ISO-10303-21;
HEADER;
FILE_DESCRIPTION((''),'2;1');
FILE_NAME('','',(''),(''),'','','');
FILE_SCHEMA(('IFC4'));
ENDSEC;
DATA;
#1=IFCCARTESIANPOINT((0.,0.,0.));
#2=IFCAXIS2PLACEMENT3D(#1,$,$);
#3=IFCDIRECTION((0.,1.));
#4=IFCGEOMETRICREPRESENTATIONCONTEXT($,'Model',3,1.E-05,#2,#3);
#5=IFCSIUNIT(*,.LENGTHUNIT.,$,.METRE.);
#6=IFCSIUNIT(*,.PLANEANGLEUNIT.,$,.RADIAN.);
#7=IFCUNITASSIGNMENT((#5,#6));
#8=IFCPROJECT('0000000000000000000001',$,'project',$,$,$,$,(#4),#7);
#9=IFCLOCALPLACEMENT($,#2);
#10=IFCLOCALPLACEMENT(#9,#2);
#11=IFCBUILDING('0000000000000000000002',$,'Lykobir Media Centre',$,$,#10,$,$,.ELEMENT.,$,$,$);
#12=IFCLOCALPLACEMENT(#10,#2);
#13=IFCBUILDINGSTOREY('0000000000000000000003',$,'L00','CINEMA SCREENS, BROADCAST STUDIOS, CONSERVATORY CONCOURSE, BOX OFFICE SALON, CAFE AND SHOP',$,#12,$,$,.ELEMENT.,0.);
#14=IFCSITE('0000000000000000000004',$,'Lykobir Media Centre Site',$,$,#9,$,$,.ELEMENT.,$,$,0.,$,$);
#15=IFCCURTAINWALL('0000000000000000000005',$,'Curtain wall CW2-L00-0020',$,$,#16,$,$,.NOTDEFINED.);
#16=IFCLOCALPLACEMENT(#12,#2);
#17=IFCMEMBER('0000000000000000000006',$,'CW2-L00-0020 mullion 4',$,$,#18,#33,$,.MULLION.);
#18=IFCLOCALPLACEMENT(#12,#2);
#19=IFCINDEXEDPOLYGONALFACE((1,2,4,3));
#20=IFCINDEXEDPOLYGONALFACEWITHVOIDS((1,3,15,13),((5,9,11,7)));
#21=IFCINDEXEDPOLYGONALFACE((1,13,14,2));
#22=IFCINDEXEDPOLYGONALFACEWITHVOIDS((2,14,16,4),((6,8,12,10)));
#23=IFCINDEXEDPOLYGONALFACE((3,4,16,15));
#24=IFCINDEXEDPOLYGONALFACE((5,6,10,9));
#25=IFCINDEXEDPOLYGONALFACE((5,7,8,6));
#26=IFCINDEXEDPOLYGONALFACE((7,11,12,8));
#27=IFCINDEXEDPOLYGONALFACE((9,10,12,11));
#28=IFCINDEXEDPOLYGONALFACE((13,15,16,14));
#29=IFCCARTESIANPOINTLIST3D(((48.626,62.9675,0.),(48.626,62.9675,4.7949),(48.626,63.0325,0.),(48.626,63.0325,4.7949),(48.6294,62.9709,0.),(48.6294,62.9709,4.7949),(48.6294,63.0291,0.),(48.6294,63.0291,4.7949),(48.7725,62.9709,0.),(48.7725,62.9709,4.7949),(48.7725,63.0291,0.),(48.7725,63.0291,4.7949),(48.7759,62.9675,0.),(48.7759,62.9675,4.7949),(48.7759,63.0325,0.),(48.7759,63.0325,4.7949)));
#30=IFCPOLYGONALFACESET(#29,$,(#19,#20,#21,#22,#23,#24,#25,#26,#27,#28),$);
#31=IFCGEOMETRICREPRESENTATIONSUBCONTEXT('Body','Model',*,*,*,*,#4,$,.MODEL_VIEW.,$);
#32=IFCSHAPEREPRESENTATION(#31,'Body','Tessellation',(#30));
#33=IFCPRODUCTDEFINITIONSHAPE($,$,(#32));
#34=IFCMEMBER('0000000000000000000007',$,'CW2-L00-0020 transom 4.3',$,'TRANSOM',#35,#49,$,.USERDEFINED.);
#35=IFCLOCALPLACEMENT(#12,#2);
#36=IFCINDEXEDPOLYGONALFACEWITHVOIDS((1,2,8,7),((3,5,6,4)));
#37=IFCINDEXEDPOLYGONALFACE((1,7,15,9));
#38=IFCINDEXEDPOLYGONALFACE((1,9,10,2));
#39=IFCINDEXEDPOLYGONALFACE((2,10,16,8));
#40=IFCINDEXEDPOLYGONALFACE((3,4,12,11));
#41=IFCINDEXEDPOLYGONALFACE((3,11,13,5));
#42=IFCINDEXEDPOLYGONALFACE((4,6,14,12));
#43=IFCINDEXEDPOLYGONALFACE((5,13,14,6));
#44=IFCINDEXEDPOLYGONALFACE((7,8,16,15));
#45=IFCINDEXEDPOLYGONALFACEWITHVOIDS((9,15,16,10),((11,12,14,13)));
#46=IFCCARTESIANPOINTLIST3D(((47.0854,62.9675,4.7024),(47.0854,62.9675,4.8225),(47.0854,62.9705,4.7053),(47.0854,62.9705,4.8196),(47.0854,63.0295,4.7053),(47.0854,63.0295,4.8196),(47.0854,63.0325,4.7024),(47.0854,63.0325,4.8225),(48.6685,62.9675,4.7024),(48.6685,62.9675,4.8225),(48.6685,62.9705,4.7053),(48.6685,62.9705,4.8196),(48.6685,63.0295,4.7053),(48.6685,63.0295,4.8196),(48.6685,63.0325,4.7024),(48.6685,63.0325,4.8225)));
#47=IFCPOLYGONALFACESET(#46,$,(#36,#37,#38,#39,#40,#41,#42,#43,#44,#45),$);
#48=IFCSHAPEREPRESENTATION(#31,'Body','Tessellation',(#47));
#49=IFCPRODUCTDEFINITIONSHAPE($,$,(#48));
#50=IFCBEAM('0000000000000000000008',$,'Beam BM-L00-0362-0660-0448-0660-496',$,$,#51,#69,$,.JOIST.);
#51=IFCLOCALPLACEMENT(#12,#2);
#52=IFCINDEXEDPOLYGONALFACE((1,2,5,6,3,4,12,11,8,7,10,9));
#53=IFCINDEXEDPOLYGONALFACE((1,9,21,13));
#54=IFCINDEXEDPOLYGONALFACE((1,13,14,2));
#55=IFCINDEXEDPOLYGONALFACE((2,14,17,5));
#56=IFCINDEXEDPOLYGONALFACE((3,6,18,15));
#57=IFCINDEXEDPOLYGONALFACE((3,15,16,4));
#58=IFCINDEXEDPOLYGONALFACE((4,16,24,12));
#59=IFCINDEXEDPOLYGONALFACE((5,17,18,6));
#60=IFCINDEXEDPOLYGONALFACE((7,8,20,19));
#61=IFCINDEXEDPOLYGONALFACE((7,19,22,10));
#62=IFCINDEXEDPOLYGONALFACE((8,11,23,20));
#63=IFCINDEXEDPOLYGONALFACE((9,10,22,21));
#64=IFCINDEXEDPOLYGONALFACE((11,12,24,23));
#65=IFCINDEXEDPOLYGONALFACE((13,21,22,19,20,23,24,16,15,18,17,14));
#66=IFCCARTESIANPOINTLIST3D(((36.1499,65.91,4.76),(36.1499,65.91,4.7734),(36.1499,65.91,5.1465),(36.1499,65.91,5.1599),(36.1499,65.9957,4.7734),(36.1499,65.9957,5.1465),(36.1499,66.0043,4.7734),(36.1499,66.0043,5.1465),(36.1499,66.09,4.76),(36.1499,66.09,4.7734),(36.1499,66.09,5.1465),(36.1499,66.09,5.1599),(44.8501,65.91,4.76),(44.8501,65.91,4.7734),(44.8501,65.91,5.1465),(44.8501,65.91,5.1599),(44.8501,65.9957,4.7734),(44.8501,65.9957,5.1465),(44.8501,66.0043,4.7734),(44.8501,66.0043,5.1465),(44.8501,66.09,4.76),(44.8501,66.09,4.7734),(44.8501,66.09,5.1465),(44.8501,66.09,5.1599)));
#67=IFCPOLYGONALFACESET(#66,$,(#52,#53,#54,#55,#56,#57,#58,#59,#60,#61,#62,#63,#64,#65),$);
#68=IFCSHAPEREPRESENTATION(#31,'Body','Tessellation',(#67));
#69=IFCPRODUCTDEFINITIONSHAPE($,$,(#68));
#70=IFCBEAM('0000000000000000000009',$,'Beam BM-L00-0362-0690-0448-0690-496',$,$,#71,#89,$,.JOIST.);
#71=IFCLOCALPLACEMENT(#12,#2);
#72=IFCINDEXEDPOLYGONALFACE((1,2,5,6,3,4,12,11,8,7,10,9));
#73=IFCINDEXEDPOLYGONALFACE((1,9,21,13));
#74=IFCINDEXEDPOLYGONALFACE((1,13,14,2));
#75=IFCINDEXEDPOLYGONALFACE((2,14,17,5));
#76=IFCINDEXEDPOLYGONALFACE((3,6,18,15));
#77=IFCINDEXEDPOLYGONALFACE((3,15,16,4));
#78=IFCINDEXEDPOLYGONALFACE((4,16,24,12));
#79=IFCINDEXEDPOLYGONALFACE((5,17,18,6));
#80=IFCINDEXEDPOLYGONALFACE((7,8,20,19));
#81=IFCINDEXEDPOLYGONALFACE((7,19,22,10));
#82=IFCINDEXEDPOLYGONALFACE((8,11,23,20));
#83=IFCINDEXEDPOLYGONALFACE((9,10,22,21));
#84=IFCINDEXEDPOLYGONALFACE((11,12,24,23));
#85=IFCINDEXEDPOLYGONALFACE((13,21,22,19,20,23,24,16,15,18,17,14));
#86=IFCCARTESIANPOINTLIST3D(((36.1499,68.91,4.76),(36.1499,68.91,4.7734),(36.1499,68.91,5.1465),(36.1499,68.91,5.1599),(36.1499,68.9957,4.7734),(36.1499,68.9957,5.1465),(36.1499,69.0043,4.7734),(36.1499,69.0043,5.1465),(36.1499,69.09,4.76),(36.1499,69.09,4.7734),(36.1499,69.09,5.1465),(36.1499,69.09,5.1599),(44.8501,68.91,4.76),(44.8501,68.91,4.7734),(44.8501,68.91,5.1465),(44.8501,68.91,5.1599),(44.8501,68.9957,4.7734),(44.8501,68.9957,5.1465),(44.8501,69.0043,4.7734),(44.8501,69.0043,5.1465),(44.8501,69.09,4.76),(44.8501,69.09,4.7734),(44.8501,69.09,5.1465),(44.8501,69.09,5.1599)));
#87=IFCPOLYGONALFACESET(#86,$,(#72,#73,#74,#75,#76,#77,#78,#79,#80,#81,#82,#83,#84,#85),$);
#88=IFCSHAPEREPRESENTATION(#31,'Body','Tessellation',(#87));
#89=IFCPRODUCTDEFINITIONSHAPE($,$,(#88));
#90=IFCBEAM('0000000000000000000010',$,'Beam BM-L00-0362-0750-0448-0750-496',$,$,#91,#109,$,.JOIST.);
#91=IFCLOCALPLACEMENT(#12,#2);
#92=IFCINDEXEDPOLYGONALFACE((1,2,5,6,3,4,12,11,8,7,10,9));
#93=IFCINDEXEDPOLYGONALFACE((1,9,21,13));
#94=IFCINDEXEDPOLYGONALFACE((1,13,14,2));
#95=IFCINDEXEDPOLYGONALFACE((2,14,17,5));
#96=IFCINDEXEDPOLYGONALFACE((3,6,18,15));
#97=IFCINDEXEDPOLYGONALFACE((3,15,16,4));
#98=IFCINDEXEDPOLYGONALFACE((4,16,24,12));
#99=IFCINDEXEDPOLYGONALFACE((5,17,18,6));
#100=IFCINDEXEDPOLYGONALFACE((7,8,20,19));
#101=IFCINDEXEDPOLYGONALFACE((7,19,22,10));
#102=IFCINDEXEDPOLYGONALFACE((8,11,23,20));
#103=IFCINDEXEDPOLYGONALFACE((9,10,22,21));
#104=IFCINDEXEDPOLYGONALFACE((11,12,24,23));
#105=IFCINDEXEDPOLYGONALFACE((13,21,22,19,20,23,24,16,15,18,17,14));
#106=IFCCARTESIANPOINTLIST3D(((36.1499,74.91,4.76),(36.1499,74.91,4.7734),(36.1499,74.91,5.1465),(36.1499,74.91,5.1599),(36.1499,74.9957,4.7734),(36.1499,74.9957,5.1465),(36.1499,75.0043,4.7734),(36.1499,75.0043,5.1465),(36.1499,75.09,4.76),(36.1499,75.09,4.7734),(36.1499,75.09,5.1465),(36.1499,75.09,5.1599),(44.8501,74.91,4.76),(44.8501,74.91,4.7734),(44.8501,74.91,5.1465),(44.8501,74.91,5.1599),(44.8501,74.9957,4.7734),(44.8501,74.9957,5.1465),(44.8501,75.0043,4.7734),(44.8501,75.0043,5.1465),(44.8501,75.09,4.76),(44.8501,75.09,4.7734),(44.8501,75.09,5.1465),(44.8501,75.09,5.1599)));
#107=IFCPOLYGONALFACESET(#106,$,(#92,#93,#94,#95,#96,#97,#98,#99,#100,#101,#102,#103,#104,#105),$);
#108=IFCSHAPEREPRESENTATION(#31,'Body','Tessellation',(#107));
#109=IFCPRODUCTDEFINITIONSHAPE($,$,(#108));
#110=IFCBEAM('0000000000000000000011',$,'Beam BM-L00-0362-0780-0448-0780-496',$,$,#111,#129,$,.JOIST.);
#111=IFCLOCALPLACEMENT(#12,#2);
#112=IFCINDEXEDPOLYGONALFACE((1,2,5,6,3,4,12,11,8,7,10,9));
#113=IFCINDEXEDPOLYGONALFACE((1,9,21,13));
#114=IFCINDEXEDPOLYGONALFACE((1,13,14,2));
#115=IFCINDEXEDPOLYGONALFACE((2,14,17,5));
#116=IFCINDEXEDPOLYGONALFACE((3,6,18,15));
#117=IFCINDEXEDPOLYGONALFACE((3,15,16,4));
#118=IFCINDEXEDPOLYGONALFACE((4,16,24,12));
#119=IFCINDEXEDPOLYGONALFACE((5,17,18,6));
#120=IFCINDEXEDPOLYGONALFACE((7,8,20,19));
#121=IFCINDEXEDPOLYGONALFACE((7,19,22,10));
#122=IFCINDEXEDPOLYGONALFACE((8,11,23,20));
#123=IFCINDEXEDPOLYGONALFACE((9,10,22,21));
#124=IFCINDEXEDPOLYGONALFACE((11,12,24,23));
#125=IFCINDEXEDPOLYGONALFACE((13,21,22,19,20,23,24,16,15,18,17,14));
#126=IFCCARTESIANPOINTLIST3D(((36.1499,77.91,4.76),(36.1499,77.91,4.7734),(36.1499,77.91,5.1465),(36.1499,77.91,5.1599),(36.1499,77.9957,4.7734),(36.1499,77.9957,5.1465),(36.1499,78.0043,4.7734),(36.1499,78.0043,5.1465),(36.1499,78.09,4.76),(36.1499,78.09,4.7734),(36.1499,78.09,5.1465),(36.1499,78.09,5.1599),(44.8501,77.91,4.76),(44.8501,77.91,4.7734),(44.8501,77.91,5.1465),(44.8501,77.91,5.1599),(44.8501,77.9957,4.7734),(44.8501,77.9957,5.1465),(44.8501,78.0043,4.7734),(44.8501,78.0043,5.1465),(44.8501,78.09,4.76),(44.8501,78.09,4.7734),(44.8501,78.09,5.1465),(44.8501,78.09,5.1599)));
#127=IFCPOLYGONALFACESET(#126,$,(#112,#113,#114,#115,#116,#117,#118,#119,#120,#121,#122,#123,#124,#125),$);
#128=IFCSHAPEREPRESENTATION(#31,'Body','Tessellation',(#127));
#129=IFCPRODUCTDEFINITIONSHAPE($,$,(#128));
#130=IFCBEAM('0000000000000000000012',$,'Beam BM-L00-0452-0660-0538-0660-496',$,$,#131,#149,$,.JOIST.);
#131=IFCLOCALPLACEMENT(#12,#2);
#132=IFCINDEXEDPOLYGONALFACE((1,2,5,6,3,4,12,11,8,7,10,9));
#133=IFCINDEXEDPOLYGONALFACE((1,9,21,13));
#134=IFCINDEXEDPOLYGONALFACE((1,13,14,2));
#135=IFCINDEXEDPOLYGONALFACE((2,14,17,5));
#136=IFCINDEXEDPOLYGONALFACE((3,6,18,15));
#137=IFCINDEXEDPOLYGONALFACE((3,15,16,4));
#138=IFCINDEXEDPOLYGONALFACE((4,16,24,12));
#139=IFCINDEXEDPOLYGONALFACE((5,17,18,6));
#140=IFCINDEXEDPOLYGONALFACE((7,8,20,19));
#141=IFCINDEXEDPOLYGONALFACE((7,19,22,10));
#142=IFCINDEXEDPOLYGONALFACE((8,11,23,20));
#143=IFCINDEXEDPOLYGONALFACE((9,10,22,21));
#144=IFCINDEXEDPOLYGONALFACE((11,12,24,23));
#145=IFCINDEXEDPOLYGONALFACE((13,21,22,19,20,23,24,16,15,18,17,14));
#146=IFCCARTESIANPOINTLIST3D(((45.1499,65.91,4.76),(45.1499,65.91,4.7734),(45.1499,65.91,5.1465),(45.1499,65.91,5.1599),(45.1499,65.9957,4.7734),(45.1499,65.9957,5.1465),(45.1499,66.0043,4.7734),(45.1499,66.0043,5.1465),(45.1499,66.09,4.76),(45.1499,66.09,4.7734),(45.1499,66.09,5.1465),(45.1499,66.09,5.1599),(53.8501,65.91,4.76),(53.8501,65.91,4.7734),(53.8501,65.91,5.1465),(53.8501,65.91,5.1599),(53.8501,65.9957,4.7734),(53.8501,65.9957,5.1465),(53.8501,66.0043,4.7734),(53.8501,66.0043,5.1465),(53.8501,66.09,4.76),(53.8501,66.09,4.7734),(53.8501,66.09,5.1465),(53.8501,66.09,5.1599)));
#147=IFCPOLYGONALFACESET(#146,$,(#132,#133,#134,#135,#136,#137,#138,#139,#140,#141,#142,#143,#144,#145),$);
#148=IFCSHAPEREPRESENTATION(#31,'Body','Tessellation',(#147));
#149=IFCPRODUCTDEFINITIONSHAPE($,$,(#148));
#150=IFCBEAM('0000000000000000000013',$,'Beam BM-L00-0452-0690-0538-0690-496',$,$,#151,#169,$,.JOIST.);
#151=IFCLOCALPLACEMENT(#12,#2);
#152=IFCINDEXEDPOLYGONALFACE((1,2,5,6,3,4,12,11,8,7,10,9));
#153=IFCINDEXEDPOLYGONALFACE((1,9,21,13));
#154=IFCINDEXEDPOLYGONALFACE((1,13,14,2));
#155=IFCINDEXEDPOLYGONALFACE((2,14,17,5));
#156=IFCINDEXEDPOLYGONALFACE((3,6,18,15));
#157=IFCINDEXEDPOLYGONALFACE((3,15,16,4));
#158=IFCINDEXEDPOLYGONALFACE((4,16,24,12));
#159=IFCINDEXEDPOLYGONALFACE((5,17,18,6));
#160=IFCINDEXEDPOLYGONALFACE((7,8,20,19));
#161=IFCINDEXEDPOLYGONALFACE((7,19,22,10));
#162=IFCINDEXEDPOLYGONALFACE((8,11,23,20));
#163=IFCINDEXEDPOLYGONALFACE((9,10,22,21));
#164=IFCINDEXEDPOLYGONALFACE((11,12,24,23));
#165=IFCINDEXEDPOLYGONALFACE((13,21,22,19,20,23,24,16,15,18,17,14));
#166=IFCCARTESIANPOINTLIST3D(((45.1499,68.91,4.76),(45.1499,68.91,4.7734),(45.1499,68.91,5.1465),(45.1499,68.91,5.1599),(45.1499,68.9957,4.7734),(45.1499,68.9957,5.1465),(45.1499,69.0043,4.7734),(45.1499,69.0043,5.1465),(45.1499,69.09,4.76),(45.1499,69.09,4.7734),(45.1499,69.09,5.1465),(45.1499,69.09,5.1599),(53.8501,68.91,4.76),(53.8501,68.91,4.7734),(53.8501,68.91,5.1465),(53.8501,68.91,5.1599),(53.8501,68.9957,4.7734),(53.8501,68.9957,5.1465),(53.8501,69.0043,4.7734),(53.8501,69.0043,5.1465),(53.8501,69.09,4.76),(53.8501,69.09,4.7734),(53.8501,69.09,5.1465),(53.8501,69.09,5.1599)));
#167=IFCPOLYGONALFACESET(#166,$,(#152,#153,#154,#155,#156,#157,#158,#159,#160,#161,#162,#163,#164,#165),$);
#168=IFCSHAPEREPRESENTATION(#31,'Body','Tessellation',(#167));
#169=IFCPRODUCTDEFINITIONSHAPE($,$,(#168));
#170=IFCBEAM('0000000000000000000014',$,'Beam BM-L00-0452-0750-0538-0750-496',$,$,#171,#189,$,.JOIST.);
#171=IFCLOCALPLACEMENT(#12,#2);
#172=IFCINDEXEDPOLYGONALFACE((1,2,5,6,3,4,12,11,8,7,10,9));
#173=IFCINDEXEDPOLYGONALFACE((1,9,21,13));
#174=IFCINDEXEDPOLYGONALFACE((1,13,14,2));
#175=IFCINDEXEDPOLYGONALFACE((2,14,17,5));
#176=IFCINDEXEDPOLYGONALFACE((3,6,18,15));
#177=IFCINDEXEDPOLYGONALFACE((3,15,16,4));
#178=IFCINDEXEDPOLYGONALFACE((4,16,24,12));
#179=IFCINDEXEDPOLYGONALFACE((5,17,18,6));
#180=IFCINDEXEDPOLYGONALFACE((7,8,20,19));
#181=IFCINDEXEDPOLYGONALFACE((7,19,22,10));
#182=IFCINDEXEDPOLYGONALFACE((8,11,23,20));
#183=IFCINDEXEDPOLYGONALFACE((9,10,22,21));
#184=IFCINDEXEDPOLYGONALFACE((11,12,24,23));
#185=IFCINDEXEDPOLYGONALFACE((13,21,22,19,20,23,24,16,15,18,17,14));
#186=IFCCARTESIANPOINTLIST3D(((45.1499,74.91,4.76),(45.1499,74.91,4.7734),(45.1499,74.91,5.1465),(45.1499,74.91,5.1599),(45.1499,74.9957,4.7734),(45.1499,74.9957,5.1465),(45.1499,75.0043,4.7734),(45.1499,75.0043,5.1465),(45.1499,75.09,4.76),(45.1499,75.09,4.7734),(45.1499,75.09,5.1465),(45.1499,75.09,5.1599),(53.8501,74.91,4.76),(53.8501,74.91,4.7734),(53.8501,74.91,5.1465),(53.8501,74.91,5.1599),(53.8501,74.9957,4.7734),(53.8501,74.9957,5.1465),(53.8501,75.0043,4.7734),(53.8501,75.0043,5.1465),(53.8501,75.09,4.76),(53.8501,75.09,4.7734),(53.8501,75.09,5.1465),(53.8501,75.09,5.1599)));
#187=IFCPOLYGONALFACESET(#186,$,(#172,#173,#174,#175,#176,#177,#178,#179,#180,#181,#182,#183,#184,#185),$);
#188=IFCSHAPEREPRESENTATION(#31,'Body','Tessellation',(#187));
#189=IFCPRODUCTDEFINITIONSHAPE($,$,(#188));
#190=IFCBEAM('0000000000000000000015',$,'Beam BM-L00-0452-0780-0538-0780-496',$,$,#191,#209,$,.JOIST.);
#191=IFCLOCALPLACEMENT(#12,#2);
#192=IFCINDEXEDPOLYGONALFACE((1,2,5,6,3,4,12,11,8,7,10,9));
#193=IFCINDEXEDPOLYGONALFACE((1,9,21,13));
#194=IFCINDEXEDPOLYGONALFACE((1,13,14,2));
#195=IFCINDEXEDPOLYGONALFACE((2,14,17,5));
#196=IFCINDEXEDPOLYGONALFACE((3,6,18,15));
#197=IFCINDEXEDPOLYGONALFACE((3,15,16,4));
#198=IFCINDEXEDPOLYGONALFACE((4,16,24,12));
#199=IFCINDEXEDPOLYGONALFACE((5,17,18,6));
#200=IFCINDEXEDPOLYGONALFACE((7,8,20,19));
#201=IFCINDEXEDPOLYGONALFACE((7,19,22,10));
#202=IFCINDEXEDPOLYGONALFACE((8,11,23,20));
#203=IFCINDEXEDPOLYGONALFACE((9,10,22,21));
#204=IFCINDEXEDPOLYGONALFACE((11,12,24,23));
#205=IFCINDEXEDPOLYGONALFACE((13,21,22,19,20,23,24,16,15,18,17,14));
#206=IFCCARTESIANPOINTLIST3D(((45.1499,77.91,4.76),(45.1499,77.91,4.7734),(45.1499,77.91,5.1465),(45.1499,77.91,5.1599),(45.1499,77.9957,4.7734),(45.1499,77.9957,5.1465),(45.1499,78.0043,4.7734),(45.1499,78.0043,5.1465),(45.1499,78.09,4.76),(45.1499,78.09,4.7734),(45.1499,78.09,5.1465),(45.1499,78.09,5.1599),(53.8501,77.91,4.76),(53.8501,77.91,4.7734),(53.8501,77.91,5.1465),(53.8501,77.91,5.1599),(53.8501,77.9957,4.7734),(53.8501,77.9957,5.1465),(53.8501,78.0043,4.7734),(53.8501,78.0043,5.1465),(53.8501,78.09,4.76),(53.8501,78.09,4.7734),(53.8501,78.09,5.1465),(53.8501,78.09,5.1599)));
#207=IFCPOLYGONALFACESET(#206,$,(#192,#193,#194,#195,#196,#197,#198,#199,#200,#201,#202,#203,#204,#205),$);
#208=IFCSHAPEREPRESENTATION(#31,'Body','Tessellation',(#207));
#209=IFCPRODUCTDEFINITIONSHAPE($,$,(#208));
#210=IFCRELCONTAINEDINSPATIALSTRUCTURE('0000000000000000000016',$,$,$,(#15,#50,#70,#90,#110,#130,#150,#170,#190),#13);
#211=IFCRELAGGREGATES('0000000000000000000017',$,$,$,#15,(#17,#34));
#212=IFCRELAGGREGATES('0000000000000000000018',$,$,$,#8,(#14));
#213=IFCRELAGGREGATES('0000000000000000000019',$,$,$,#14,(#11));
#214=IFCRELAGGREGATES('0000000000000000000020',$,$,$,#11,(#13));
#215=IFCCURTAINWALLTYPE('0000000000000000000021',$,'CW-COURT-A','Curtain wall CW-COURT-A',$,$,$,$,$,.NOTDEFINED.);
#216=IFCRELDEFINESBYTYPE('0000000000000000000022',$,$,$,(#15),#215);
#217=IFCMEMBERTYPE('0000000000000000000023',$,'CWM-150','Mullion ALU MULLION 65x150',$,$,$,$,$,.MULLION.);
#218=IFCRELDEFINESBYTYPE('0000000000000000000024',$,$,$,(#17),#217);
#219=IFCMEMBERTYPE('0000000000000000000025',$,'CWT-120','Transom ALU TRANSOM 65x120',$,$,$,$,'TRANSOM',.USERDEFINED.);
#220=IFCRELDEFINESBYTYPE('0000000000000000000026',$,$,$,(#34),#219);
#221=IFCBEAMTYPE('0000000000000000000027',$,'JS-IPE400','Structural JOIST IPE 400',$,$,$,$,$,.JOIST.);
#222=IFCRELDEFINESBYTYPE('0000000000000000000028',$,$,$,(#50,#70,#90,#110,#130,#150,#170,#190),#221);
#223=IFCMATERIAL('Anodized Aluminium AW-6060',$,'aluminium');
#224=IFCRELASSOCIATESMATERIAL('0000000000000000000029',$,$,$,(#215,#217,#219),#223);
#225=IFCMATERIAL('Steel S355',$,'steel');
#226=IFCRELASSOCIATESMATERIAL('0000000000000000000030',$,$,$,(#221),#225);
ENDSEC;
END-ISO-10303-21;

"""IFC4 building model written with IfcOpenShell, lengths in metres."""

from ifc_helpers import new_model, si_unit, direction, frame, origin, origin_2d, place, context, subcontext, project, spatial, hollow_rectangle, i_section, extrude, material, material_profile, profile_set, type_object, element, aggregate, save


model = new_model("IFC4")

# Units and contexts
model_context = context("Model", 3, precision=1e-05, world=origin(), true_north=direction((0.0, 1.0)))
body_context = subcontext(model_context, "Body", "Model", "MODEL_VIEW")
ifc_project = project(units=[si_unit("LENGTHUNIT", "METRE"), si_unit("PLANEANGLEUNIT", "RADIAN")], contexts=[model_context])

# Site, building, storey
site_placement = place(None, origin())
site = spatial("IfcSite", under=ifc_project, at=site_placement, Name="Lykobir Media Centre Site", CompositionType="ELEMENT", RefElevation=0.0)
building_placement = place(site_placement, origin())
building = spatial("IfcBuilding", under=site, at=building_placement, Name="Lykobir Media Centre", CompositionType="ELEMENT")
storey_placement = place(building_placement, origin())
storey = spatial("IfcBuildingStorey", under=building, at=storey_placement, Name="L00", Description="CINEMA SCREENS, BROADCAST STUDIOS, CONSERVATORY CONCOURSE, BOX OFFICE SALON, CAFE AND SHOP", CompositionType="ELEMENT", Elevation=0.0)

# Shared definitions
ifc_material_1 = material(Name="Steel S355", Category="steel")

# Curtain wall, members
ifc_material_2 = material(Name="Anodized Aluminium AW-6060", Category="aluminium")
curtain_wall_type = type_object("IfcCurtainWallType", Name="CW-COURT-A", Description="Curtain wall CW-COURT-A", PredefinedType="NOTDEFINED", material=ifc_material_2)
curtain_wall_placement = place(storey_placement, origin())
curtain_wall = element("IfcCurtainWall", 1, at=curtain_wall_placement, inside=storey, type_object=curtain_wall_type, Name="Curtain wall CW2-L00-0020", PredefinedType="NOTDEFINED")
ifc_material_profile_1 = material_profile(ifc_material_2, hollow_rectangle(XDim=0.0649, YDim=0.1499, WallThickness=0.0034, at=origin_2d()), Name="ALU MULLION 65x150")
ifc_profile_set_1 = profile_set([ifc_material_profile_1], Name="Anodized Aluminium AW-6060")
member_type_1 = type_object("IfcMemberType", Name="CWM-150", Description="Mullion ALU MULLION 65x150", PredefinedType="MULLION", material=ifc_profile_set_1)
member_1_placement = place(storey_placement, frame((48.7009, 63.0, 0.0), z_axis=(0.0, 0.0, 1.0), x_axis=(0.0, -1.0, 0.0)))
member_1 = element("IfcMember", 2, at=member_1_placement, type_object=member_type_1, Name="CW2-L00-0020 mullion 4", PredefinedType="MULLION", context=body_context, shape_type="SweptSolid", body=[
    extrude(hollow_rectangle(XDim=0.0649, YDim=0.1499, WallThickness=0.0034, at=origin_2d()), origin(), (0.0, 0.0, 1.0), 4.7949),
])
ifc_material_profile_2 = material_profile(ifc_material_2, hollow_rectangle(XDim=0.0649, YDim=0.1201, WallThickness=0.0029, at=origin_2d()), Name="ALU TRANSOM 65x120")
ifc_profile_set_2 = profile_set([ifc_material_profile_2], Name="Anodized Aluminium AW-6060")
member_type_2 = type_object("IfcMemberType", Name="CWT-120", Description="Transom ALU TRANSOM 65x120", ElementType="TRANSOM", PredefinedType="USERDEFINED", material=ifc_profile_set_2)
member_2_placement = place(storey_placement, frame((48.6685, 63.0, 4.7625), z_axis=(-1.0, 0.0, 0.0), x_axis=(0.0, -1.0, 0.0)))
member_2 = element("IfcMember", 3, at=member_2_placement, type_object=member_type_2, Name="CW2-L00-0020 transom 4.3", ObjectType="TRANSOM", PredefinedType="USERDEFINED", context=body_context, shape_type="SweptSolid", body=[
    extrude(hollow_rectangle(XDim=0.0649, YDim=0.1201, WallThickness=0.0029, at=origin_2d()), origin(), (0.0, 0.0, 1.0), 1.583),
])
aggregate(curtain_wall, [member_1, member_2])

# Beams
ifc_material_profile_3 = material_profile(ifc_material_1, i_section(OverallWidth=0.1799, OverallDepth=0.3999, WebThickness=0.0085, FlangeThickness=0.0134, at=origin_2d()), Name="IPE 400")
ifc_profile_set_3 = profile_set([ifc_material_profile_3], Name="Steel S355")
beam_type_1 = type_object("IfcBeamType", Name="JS-IPE400", Description="Structural JOIST IPE 400", PredefinedType="JOIST", material=ifc_profile_set_3)
for number, where, z_axis, x_axis, name in (
    (4, (36.1499, 66.0, 4.96), (1.0, 0.0, 0.0), (0.0, 1.0, 0.0), "Beam BM-L00-0362-0660-0448-0660-496"),
    (5, (36.1499, 69.0, 4.96), (1.0, 0.0, 0.0), (0.0, 1.0, 0.0), "Beam BM-L00-0362-0690-0448-0690-496"),
    (6, (36.1499, 75.0, 4.96), (1.0, 0.0, 0.0), (0.0, 1.0, 0.0), "Beam BM-L00-0362-0750-0448-0750-496"),
    (7, (36.1499, 78.0, 4.96), (1.0, 0.0, 0.0), (0.0, 1.0, 0.0), "Beam BM-L00-0362-0780-0448-0780-496"),
    (8, (45.1499, 66.0, 4.96), (1.0, 0.0, 0.0), (0.0, 1.0, 0.0), "Beam BM-L00-0452-0660-0538-0660-496"),
    (9, (45.1499, 69.0, 4.96), (1.0, 0.0, 0.0), (0.0, 1.0, 0.0), "Beam BM-L00-0452-0690-0538-0690-496"),
    (10, (45.1499, 75.0, 4.96), (1.0, 0.0, 0.0), (0.0, 1.0, 0.0), "Beam BM-L00-0452-0750-0538-0750-496"),
    (11, (45.1499, 78.0, 4.96), (1.0, 0.0, 0.0), (0.0, 1.0, 0.0), "Beam BM-L00-0452-0780-0538-0780-496"),
):
    element("IfcBeam", number, at=place(storey_placement, frame(where, z_axis=z_axis, x_axis=x_axis)), inside=storey, type_object=beam_type_1, Name=name, PredefinedType="JOIST", context=body_context, shape_type="SweptSolid", body=[
        extrude(i_section(OverallWidth=0.1799, OverallDepth=0.3999, WebThickness=0.0085, FlangeThickness=0.0134, at=origin_2d()), origin(), (0.0, 0.0, 1.0), 8.7002),
    ])

save(model, "model.ifc")
